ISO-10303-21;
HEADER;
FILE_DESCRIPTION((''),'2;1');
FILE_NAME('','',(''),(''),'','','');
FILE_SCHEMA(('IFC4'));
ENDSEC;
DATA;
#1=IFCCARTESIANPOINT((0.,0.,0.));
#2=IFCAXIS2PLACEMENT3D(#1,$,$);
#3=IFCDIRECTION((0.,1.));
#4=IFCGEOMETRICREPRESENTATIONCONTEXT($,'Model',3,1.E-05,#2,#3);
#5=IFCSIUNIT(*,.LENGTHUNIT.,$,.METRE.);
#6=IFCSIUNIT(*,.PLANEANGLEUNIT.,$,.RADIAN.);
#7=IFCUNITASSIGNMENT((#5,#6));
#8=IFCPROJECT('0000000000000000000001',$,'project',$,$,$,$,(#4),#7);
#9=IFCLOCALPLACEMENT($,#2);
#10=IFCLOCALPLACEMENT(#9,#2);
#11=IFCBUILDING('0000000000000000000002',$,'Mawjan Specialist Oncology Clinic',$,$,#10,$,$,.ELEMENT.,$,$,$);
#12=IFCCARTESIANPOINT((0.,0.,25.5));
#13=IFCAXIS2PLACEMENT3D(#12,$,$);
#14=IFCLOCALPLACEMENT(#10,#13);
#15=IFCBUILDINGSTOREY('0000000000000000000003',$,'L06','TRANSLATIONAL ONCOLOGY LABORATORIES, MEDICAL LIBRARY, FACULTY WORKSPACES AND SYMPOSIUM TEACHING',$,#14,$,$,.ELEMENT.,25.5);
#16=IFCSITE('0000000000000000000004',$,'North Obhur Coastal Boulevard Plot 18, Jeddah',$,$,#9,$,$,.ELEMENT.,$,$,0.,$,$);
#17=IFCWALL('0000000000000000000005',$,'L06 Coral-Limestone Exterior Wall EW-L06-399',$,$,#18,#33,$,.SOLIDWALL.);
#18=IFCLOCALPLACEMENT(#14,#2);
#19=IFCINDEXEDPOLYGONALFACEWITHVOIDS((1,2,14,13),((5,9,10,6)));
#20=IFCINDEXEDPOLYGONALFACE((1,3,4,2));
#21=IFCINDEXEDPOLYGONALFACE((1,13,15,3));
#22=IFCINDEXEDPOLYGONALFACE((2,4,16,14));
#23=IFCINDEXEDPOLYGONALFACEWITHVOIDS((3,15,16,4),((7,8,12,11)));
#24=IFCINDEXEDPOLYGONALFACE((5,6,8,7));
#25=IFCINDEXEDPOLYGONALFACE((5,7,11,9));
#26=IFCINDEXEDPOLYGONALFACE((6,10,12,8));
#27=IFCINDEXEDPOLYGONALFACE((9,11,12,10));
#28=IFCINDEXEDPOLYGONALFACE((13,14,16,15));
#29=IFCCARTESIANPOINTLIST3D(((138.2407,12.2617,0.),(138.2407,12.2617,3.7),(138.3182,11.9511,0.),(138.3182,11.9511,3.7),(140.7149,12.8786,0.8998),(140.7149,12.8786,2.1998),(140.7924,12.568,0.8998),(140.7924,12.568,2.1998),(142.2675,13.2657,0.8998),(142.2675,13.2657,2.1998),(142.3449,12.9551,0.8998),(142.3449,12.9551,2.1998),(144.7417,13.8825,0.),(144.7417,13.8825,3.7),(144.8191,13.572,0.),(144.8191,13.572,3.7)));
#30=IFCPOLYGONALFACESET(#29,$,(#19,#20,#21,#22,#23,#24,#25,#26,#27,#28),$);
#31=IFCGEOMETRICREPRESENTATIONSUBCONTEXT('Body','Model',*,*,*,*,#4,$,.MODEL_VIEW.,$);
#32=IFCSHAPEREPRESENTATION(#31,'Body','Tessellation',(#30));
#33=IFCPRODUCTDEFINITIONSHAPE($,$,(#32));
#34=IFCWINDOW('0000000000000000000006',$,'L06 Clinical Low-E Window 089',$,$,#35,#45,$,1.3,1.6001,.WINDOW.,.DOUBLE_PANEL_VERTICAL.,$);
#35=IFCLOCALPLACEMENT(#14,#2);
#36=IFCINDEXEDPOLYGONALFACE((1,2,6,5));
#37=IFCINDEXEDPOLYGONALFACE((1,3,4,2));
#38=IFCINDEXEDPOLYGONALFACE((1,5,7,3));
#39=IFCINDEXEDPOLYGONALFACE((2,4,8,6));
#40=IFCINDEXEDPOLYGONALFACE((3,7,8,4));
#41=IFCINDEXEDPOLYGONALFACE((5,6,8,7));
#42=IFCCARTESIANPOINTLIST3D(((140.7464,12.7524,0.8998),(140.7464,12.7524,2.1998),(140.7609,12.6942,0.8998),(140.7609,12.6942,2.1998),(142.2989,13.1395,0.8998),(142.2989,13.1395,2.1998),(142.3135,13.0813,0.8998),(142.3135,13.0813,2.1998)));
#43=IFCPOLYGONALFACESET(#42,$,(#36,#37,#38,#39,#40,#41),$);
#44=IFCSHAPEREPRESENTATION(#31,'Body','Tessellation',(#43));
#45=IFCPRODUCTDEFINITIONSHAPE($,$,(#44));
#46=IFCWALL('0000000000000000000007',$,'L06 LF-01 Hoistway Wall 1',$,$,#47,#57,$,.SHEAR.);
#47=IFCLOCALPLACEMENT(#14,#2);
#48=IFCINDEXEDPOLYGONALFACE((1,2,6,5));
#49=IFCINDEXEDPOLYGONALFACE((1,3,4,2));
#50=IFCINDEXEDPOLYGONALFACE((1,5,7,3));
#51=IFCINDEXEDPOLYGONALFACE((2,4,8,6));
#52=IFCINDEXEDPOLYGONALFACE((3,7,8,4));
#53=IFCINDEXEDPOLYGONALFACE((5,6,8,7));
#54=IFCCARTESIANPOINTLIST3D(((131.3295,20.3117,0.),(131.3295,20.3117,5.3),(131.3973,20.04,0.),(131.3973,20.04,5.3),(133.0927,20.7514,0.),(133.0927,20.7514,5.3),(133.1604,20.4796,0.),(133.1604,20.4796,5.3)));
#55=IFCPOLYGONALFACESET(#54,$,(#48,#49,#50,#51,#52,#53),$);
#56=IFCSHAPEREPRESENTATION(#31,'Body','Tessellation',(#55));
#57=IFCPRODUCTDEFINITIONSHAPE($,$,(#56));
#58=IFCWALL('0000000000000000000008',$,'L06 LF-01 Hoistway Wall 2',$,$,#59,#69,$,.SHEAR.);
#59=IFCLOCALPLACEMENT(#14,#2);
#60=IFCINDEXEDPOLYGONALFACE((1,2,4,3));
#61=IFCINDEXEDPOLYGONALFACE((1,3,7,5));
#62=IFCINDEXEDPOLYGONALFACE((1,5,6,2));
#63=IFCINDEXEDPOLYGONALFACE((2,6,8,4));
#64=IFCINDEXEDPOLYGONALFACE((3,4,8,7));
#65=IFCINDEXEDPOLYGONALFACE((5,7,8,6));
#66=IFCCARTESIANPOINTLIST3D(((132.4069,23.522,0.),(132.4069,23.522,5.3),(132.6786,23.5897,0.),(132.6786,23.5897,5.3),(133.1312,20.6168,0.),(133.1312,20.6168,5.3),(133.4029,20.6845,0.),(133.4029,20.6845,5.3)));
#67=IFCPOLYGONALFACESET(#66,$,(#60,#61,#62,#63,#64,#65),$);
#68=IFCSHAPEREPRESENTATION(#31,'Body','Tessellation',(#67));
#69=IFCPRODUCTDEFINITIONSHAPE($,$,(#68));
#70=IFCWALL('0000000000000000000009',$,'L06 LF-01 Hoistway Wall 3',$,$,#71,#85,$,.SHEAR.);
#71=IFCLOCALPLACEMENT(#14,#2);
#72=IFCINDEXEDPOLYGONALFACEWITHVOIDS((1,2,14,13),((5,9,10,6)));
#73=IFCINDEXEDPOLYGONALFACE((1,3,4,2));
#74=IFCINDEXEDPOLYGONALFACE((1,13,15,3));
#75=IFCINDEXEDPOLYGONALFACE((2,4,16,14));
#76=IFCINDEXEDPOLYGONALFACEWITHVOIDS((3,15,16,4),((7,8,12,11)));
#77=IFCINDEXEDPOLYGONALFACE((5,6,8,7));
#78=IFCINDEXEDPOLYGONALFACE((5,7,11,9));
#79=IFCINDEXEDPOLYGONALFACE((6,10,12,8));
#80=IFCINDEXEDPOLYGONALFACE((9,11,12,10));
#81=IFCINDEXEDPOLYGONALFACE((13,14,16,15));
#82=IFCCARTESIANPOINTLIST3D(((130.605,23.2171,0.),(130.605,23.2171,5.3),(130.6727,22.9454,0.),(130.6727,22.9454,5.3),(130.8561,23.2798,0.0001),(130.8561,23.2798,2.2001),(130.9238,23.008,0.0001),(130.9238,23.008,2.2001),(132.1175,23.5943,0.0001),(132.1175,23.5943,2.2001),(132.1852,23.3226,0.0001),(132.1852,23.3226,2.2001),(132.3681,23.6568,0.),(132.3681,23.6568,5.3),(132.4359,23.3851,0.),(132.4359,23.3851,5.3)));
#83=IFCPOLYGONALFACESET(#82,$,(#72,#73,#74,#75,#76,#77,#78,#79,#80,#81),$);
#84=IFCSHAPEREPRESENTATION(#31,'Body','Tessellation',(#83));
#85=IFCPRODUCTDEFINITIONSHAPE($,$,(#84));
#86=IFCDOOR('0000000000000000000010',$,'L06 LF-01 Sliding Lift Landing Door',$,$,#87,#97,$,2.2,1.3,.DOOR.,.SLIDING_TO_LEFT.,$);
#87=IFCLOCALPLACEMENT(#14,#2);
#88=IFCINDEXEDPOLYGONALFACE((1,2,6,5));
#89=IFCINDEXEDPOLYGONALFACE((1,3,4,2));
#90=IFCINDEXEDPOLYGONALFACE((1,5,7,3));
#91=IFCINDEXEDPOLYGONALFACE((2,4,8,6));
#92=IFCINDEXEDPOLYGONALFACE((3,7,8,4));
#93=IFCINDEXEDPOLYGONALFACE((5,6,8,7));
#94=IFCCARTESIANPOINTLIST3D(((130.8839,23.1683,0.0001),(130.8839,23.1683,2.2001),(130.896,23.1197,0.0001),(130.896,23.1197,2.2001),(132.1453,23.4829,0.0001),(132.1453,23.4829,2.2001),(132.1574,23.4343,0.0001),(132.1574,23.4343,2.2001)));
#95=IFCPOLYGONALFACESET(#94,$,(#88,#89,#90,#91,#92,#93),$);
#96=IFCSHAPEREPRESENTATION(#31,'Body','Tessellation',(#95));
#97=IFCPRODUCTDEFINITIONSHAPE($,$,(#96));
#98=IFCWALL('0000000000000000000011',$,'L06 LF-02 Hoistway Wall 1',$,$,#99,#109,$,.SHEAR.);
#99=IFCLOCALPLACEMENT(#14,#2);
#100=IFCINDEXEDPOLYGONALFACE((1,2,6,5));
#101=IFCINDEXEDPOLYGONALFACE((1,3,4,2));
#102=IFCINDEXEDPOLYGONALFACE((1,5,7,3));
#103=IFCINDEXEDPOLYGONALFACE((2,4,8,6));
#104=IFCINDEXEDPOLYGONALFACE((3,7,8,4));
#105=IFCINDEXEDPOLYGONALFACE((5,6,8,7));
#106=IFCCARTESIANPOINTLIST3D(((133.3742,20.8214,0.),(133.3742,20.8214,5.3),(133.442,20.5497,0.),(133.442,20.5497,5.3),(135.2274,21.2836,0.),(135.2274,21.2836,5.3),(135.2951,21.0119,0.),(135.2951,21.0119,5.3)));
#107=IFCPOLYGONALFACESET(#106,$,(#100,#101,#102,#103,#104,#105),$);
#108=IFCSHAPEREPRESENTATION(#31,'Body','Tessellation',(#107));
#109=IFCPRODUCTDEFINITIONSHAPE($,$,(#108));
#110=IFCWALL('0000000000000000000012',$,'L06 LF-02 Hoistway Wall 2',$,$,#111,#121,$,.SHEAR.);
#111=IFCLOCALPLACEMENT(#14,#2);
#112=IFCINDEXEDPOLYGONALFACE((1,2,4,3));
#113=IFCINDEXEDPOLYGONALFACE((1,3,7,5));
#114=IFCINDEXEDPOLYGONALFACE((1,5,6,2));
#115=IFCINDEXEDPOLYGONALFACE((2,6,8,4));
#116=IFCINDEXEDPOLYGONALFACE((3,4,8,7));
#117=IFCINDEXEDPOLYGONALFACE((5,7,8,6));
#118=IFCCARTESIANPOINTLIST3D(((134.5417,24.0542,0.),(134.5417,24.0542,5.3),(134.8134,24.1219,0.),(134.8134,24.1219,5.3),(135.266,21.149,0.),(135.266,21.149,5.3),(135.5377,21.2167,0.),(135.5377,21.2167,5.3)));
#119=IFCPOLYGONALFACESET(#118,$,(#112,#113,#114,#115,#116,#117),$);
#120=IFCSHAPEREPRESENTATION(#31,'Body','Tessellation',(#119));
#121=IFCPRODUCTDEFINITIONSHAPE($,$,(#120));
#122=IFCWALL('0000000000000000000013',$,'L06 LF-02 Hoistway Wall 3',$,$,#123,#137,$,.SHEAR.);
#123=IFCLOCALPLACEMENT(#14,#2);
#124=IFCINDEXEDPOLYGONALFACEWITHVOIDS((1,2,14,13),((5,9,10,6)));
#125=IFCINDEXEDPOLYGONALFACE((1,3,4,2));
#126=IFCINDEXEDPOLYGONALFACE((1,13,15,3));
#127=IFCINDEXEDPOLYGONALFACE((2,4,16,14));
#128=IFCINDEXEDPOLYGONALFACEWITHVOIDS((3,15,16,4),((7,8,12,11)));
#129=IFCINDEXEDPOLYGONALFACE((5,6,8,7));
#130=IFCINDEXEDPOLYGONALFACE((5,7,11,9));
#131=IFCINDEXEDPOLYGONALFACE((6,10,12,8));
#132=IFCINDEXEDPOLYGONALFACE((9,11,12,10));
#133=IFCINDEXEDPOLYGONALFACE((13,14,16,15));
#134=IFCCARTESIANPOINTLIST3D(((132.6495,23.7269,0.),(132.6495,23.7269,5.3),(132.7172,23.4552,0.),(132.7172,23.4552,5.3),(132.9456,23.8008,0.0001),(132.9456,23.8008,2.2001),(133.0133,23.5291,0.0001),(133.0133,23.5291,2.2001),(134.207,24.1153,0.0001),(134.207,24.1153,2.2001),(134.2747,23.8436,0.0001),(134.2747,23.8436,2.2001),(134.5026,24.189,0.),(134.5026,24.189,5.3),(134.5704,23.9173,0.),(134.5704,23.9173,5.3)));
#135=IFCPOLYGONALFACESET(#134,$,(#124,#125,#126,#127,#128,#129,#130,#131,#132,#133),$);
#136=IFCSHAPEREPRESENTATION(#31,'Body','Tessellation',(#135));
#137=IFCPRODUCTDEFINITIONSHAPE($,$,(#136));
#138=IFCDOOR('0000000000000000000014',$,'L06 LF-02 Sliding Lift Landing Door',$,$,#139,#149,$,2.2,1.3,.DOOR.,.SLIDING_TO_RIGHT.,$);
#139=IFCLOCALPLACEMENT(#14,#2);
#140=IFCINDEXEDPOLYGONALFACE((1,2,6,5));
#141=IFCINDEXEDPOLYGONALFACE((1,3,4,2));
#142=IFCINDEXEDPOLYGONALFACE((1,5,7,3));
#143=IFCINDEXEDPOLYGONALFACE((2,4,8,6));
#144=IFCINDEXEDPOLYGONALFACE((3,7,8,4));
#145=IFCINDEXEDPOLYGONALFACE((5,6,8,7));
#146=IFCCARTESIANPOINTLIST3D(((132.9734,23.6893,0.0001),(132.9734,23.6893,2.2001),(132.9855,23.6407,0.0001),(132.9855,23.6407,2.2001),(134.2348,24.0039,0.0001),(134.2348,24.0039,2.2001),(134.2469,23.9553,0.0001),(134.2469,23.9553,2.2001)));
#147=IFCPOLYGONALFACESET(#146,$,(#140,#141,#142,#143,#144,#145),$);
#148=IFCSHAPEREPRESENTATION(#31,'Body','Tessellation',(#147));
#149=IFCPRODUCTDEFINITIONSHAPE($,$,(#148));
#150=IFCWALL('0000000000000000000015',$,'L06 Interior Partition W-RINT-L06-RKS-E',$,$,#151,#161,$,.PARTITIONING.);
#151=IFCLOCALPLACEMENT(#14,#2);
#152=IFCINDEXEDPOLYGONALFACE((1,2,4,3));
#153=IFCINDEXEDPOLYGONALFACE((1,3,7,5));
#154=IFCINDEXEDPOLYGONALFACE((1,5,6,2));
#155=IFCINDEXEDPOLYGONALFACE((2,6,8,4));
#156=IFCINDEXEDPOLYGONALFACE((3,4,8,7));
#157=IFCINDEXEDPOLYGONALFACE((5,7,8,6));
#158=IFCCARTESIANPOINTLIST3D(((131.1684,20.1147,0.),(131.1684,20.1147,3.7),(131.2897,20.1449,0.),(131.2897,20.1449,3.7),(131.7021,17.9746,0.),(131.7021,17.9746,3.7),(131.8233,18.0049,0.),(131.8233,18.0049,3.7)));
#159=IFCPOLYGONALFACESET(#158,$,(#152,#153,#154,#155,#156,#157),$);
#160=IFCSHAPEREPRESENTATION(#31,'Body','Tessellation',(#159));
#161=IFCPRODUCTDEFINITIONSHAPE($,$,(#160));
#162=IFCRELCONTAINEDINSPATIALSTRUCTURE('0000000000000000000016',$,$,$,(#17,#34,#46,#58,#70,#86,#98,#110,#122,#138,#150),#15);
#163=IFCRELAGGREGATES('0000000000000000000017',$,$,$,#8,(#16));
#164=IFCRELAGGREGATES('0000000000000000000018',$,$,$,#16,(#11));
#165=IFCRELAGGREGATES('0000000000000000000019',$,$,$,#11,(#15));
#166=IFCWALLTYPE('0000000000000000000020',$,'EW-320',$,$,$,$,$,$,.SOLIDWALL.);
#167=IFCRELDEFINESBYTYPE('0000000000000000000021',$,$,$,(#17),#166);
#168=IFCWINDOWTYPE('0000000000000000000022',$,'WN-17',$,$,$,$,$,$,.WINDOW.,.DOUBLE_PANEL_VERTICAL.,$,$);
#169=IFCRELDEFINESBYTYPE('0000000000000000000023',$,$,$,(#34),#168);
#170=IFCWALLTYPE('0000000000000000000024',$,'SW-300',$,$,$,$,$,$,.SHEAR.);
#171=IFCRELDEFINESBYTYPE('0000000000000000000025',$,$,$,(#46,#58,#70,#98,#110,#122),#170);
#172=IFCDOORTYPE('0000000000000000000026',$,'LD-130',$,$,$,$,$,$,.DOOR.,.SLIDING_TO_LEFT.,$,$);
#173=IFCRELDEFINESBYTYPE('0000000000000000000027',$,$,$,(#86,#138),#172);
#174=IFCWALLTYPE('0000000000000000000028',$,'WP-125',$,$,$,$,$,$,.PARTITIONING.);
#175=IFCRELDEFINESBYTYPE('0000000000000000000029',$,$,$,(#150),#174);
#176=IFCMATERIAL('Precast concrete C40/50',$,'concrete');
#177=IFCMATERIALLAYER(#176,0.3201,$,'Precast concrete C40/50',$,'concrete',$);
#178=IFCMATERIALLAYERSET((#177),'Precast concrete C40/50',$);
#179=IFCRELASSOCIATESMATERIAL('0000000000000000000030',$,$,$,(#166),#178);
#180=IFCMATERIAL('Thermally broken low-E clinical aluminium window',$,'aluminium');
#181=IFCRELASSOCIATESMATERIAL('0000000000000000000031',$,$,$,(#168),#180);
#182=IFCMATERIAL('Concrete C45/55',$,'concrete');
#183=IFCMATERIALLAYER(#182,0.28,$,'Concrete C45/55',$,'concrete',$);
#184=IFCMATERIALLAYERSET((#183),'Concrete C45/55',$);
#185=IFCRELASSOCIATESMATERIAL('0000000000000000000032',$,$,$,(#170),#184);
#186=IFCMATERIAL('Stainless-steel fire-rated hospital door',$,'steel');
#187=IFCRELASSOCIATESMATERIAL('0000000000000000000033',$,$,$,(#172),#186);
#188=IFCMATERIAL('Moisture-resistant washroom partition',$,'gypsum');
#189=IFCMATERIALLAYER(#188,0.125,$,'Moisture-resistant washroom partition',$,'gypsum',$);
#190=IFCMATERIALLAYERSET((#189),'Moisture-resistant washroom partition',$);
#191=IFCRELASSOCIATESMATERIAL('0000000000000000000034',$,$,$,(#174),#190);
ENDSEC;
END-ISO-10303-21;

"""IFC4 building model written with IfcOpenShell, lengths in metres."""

from ifc_helpers import new_model, si_unit, direction, frame, frame_2d, origin, place, context, subcontext, project, spatial, rectangle, extrude, material, layer, layer_set, type_object, element, fill, save


model = new_model("IFC4")

# Units and contexts
model_context = context("Model", 3, precision=1e-05, world=origin(), true_north=direction((0.0, 1.0)))
body_context = subcontext(model_context, "Body", "Model", "MODEL_VIEW")
ifc_project = project(units=[si_unit("LENGTHUNIT", "METRE"), si_unit("PLANEANGLEUNIT", "RADIAN")], contexts=[model_context])

# Site, building, storey
site_placement = place(None, origin())
site = spatial("IfcSite", under=ifc_project, at=site_placement, Name="North Obhur Coastal Boulevard Plot 18, Jeddah", CompositionType="ELEMENT", RefElevation=0.0)
building_placement = place(site_placement, origin())
building = spatial("IfcBuilding", under=site, at=building_placement, Name="Mawjan Specialist Oncology Clinic", CompositionType="ELEMENT")
storey_placement = place(building_placement, frame((0.0, 0.0, 25.5)))
storey = spatial("IfcBuildingStorey", under=building, at=storey_placement, Name="L06", Description="TRANSLATIONAL ONCOLOGY LABORATORIES, MEDICAL LIBRARY, FACULTY WORKSPACES AND SYMPOSIUM TEACHING", CompositionType="ELEMENT", Elevation=25.5)

# Shared definitions
ifc_material_1 = material(Name="Precast concrete C40/50", Category="concrete")
ifc_layer_1 = layer(ifc_material_1, 0.3201, Name="Precast concrete C40/50", Category="concrete")
ifc_layer_set_1 = layer_set([ifc_layer_1], Name="Precast concrete C40/50")
wall_type_1 = type_object("IfcWallType", Name="EW-320", PredefinedType="SOLIDWALL", material=ifc_layer_set_1)

# Wall, opening, window
wall_1_placement = place(storey_placement, frame((144.7805, 13.7273, 0.0), z_axis=(0.0, 0.0, 1.0), x_axis=(-0.970297, -0.241918, 0.0)))
wall_1 = element("IfcWall", 1, at=wall_1_placement, inside=storey, type_object=wall_type_1, Name="L06 Coral-Limestone Exterior Wall EW-L06-399", PredefinedType="SOLIDWALL", context=body_context, shape_type="SweptSolid", body=[
    extrude(rectangle(XDim=6.7, YDim=0.3201, at=frame_2d((3.3501, 0.0))), origin(), (0.0, 0.0, 1.0), 3.7),
])
opening_1_placement = place(wall_1_placement, frame((2.55, 0.0, 0.8999)))
opening_1 = element("IfcOpeningElement", 2, at=opening_1_placement, cuts=wall_1, PredefinedType="OPENING", context=body_context, shape_type="SweptSolid", body=[
    extrude(rectangle(XDim=1.6001, YDim=1.3, at=frame_2d((0.8, 0.6499))), frame((0.0, 0.1721, 0.0), z_axis=(0.0, -1.0, 0.0), x_axis=(1.0, 0.0, 0.0)), (0.0, 0.0, 1.0), 0.344),
])
ifc_material_2 = material(Name="Thermally broken low-E clinical aluminium window", Category="aluminium")
window_type_1 = type_object("IfcWindowType", Name="WN-17", PartitioningType="DOUBLE_PANEL_VERTICAL", PredefinedType="WINDOW", material=ifc_material_2)
window_1_placement = place(opening_1_placement, origin())
window_1 = element("IfcWindow", 3, at=window_1_placement, inside=storey, type_object=window_type_1, Name="L06 Clinical Low-E Window 089", OverallHeight=1.3, OverallWidth=1.6001, PartitioningType="DOUBLE_PANEL_VERTICAL", PredefinedType="WINDOW", context=body_context, shape_type="SweptSolid", body=[
    extrude(rectangle(XDim=1.6001, YDim=1.3, at=frame_2d((0.8, 0.6499))), frame((0.0, 0.03, 0.0), z_axis=(0.0, -1.0, 0.0), x_axis=(1.0, 0.0, 0.0)), (0.0, 0.0, 1.0), 0.0601),
])
fill(opening_1, window_1)

# Walls
ifc_material_3 = material(Name="Concrete C45/55", Category="concrete")
ifc_layer_2 = layer(ifc_material_3, 0.28, Name="Concrete C45/55", Category="concrete")
ifc_layer_set_2 = layer_set([ifc_layer_2], Name="Concrete C45/55")
wall_type_2 = type_object("IfcWallType", Name="SW-300", PredefinedType="SHEAR", material=ifc_layer_set_2)
wall_2_placement = place(storey_placement, frame((131.3633, 20.1758, 0.0), z_axis=(0.0, 0.0, 1.0), x_axis=(0.970285, 0.241967, 0.0)))
element("IfcWall", 4, at=wall_2_placement, inside=storey, type_object=wall_type_2, Name="L06 LF-01 Hoistway Wall 1", PredefinedType="SHEAR", context=body_context, shape_type="SweptSolid", body=[
    extrude(rectangle(XDim=1.8171, YDim=0.28, at=frame_2d((0.9087, 0.0))), origin(), (0.0, 0.0, 1.0), 5.3),
])
wall_3_placement = place(storey_placement, frame((133.2671, 20.6506, 0.0), z_axis=(0.0, 0.0, 1.0), x_axis=(-0.241922, 0.970296, 0.0)))
element("IfcWall", 5, at=wall_3_placement, inside=storey, type_object=wall_type_2, Name="L06 LF-01 Hoistway Wall 2", PredefinedType="SHEAR", context=body_context, shape_type="SweptSolid", body=[
    extrude(rectangle(XDim=2.9941, YDim=0.28, at=frame_2d((1.4971, 0.0))), origin(), (0.0, 0.0, 1.0), 5.3),
])

# Wall, opening, door
wall_4_placement = place(storey_placement, frame((132.4021, 23.521, 0.0), z_axis=(0.0, 0.0, 1.0), x_axis=(-0.970285, -0.241967, 0.0)))
wall_4 = element("IfcWall", 6, at=wall_4_placement, inside=storey, type_object=wall_type_2, Name="L06 LF-01 Hoistway Wall 3", PredefinedType="SHEAR", context=body_context, shape_type="SweptSolid", body=[
    extrude(rectangle(XDim=1.8171, YDim=0.28, at=frame_2d((0.9087, 0.0))), origin(), (0.0, 0.0, 1.0), 5.3),
])
opening_2_placement = place(wall_4_placement, frame((0.2585, 0.0, 0.0)))
opening_2 = element("IfcOpeningElement", 7, at=opening_2_placement, cuts=wall_4, PredefinedType="OPENING", context=body_context, shape_type="SweptSolid", body=[
    extrude(rectangle(XDim=1.3, YDim=2.2, at=frame_2d((0.6499, 1.1001))), frame((0.0, 0.1521, 0.0), z_axis=(0.0, -1.0, 0.0), x_axis=(1.0, 0.0, 0.0)), (0.0, 0.0, 1.0), 0.304),
])
ifc_material_4 = material(Name="Stainless-steel fire-rated hospital door", Category="steel")
door_type_1 = type_object("IfcDoorType", Name="LD-130", OperationType="SLIDING_TO_LEFT", PredefinedType="DOOR", material=ifc_material_4)
door_1_placement = place(opening_2_placement, origin())
door_1 = element("IfcDoor", 8, at=door_1_placement, inside=storey, type_object=door_type_1, Name="L06 LF-01 Sliding Lift Landing Door", OperationType="SLIDING_TO_LEFT", OverallHeight=2.2, OverallWidth=1.3, PredefinedType="DOOR", context=body_context, shape_type="SweptSolid", body=[
    extrude(rectangle(XDim=1.3, YDim=2.2, at=frame_2d((0.6499, 1.1001))), frame((0.0, 0.0249, 0.0), z_axis=(0.0, -1.0, 0.0), x_axis=(1.0, 0.0, 0.0)), (0.0, 0.0, 1.0), 0.05),
])
fill(opening_2, door_1)

# Walls
wall_5_placement = place(storey_placement, frame((133.408, 20.6855, 0.0), z_axis=(0.0, 0.0, 1.0), x_axis=(0.970285, 0.241964, 0.0)))
element("IfcWall", 9, at=wall_5_placement, inside=storey, type_object=wall_type_2, Name="L06 LF-02 Hoistway Wall 1", PredefinedType="SHEAR", context=body_context, shape_type="SweptSolid", body=[
    extrude(rectangle(XDim=1.9099, YDim=0.28, at=frame_2d((0.9551, 0.0))), origin(), (0.0, 0.0, 1.0), 5.3),
])
wall_6_placement = place(storey_placement, frame((135.4019, 21.1829, 0.0), z_axis=(0.0, 0.0, 1.0), x_axis=(-0.241922, 0.970296, 0.0)))
element("IfcWall", 10, at=wall_6_placement, inside=storey, type_object=wall_type_2, Name="L06 LF-02 Hoistway Wall 2", PredefinedType="SHEAR", context=body_context, shape_type="SweptSolid", body=[
    extrude(rectangle(XDim=2.9941, YDim=0.28, at=frame_2d((1.4971, 0.0))), origin(), (0.0, 0.0, 1.0), 5.3),
])

# Wall, opening, door
wall_7_placement = place(storey_placement, frame((134.5366, 24.0532, 0.0), z_axis=(0.0, 0.0, 1.0), x_axis=(-0.970285, -0.241964, 0.0)))
wall_7 = element("IfcWall", 11, at=wall_7_placement, inside=storey, type_object=wall_type_2, Name="L06 LF-02 Hoistway Wall 3", PredefinedType="SHEAR", context=body_context, shape_type="SweptSolid", body=[
    extrude(rectangle(XDim=1.9099, YDim=0.28, at=frame_2d((0.9551, 0.0))), origin(), (0.0, 0.0, 1.0), 5.3),
])
opening_3_placement = place(wall_7_placement, frame((0.3049, 0.0, 0.0)))
opening_3 = element("IfcOpeningElement", 12, at=opening_3_placement, cuts=wall_7, PredefinedType="OPENING", context=body_context, shape_type="SweptSolid", body=[
    extrude(rectangle(XDim=1.3, YDim=2.2, at=frame_2d((0.6499, 1.1001))), frame((0.0, 0.1521, 0.0), z_axis=(0.0, -1.0, 0.0), x_axis=(1.0, 0.0, 0.0)), (0.0, 0.0, 1.0), 0.304),
])
door_2_placement = place(opening_3_placement, origin())
door_2 = element("IfcDoor", 13, at=door_2_placement, inside=storey, type_object=door_type_1, Name="L06 LF-02 Sliding Lift Landing Door", OperationType="SLIDING_TO_RIGHT", OverallHeight=2.2, OverallWidth=1.3, PredefinedType="DOOR", context=body_context, shape_type="SweptSolid", body=[
    extrude(rectangle(XDim=1.3, YDim=2.2, at=frame_2d((0.6499, 1.1001))), frame((0.0, 0.0249, 0.0), z_axis=(0.0, -1.0, 0.0), x_axis=(1.0, 0.0, 0.0)), (0.0, 0.0, 1.0), 0.05),
])
fill(opening_3, door_2)

# Wall
ifc_material_5 = material(Name="Moisture-resistant washroom partition", Category="gypsum")
ifc_layer_3 = layer(ifc_material_5, 0.125, Name="Moisture-resistant washroom partition", Category="gypsum")
ifc_layer_set_3 = layer_set([ifc_layer_3], Name="Moisture-resistant washroom partition")
wall_type_3 = type_object("IfcWallType", Name="WP-125", PredefinedType="PARTITIONING", material=ifc_layer_set_3)
wall_8_placement = place(storey_placement, frame((131.7627, 17.9897, 0.0), z_axis=(0.0, 0.0, 1.0), x_axis=(-0.241963, 0.970286, 0.0)))
element("IfcWall", 14, at=wall_8_placement, inside=storey, type_object=wall_type_3, Name="L06 Interior Partition W-RINT-L06-RKS-E", PredefinedType="PARTITIONING", context=body_context, shape_type="SweptSolid", body=[
    extrude(rectangle(XDim=2.2056, YDim=0.125, at=frame_2d((1.1028, 0.0))), origin(), (0.0, 0.0, 1.0), 3.7),
])

save(model, "model.ifc")
